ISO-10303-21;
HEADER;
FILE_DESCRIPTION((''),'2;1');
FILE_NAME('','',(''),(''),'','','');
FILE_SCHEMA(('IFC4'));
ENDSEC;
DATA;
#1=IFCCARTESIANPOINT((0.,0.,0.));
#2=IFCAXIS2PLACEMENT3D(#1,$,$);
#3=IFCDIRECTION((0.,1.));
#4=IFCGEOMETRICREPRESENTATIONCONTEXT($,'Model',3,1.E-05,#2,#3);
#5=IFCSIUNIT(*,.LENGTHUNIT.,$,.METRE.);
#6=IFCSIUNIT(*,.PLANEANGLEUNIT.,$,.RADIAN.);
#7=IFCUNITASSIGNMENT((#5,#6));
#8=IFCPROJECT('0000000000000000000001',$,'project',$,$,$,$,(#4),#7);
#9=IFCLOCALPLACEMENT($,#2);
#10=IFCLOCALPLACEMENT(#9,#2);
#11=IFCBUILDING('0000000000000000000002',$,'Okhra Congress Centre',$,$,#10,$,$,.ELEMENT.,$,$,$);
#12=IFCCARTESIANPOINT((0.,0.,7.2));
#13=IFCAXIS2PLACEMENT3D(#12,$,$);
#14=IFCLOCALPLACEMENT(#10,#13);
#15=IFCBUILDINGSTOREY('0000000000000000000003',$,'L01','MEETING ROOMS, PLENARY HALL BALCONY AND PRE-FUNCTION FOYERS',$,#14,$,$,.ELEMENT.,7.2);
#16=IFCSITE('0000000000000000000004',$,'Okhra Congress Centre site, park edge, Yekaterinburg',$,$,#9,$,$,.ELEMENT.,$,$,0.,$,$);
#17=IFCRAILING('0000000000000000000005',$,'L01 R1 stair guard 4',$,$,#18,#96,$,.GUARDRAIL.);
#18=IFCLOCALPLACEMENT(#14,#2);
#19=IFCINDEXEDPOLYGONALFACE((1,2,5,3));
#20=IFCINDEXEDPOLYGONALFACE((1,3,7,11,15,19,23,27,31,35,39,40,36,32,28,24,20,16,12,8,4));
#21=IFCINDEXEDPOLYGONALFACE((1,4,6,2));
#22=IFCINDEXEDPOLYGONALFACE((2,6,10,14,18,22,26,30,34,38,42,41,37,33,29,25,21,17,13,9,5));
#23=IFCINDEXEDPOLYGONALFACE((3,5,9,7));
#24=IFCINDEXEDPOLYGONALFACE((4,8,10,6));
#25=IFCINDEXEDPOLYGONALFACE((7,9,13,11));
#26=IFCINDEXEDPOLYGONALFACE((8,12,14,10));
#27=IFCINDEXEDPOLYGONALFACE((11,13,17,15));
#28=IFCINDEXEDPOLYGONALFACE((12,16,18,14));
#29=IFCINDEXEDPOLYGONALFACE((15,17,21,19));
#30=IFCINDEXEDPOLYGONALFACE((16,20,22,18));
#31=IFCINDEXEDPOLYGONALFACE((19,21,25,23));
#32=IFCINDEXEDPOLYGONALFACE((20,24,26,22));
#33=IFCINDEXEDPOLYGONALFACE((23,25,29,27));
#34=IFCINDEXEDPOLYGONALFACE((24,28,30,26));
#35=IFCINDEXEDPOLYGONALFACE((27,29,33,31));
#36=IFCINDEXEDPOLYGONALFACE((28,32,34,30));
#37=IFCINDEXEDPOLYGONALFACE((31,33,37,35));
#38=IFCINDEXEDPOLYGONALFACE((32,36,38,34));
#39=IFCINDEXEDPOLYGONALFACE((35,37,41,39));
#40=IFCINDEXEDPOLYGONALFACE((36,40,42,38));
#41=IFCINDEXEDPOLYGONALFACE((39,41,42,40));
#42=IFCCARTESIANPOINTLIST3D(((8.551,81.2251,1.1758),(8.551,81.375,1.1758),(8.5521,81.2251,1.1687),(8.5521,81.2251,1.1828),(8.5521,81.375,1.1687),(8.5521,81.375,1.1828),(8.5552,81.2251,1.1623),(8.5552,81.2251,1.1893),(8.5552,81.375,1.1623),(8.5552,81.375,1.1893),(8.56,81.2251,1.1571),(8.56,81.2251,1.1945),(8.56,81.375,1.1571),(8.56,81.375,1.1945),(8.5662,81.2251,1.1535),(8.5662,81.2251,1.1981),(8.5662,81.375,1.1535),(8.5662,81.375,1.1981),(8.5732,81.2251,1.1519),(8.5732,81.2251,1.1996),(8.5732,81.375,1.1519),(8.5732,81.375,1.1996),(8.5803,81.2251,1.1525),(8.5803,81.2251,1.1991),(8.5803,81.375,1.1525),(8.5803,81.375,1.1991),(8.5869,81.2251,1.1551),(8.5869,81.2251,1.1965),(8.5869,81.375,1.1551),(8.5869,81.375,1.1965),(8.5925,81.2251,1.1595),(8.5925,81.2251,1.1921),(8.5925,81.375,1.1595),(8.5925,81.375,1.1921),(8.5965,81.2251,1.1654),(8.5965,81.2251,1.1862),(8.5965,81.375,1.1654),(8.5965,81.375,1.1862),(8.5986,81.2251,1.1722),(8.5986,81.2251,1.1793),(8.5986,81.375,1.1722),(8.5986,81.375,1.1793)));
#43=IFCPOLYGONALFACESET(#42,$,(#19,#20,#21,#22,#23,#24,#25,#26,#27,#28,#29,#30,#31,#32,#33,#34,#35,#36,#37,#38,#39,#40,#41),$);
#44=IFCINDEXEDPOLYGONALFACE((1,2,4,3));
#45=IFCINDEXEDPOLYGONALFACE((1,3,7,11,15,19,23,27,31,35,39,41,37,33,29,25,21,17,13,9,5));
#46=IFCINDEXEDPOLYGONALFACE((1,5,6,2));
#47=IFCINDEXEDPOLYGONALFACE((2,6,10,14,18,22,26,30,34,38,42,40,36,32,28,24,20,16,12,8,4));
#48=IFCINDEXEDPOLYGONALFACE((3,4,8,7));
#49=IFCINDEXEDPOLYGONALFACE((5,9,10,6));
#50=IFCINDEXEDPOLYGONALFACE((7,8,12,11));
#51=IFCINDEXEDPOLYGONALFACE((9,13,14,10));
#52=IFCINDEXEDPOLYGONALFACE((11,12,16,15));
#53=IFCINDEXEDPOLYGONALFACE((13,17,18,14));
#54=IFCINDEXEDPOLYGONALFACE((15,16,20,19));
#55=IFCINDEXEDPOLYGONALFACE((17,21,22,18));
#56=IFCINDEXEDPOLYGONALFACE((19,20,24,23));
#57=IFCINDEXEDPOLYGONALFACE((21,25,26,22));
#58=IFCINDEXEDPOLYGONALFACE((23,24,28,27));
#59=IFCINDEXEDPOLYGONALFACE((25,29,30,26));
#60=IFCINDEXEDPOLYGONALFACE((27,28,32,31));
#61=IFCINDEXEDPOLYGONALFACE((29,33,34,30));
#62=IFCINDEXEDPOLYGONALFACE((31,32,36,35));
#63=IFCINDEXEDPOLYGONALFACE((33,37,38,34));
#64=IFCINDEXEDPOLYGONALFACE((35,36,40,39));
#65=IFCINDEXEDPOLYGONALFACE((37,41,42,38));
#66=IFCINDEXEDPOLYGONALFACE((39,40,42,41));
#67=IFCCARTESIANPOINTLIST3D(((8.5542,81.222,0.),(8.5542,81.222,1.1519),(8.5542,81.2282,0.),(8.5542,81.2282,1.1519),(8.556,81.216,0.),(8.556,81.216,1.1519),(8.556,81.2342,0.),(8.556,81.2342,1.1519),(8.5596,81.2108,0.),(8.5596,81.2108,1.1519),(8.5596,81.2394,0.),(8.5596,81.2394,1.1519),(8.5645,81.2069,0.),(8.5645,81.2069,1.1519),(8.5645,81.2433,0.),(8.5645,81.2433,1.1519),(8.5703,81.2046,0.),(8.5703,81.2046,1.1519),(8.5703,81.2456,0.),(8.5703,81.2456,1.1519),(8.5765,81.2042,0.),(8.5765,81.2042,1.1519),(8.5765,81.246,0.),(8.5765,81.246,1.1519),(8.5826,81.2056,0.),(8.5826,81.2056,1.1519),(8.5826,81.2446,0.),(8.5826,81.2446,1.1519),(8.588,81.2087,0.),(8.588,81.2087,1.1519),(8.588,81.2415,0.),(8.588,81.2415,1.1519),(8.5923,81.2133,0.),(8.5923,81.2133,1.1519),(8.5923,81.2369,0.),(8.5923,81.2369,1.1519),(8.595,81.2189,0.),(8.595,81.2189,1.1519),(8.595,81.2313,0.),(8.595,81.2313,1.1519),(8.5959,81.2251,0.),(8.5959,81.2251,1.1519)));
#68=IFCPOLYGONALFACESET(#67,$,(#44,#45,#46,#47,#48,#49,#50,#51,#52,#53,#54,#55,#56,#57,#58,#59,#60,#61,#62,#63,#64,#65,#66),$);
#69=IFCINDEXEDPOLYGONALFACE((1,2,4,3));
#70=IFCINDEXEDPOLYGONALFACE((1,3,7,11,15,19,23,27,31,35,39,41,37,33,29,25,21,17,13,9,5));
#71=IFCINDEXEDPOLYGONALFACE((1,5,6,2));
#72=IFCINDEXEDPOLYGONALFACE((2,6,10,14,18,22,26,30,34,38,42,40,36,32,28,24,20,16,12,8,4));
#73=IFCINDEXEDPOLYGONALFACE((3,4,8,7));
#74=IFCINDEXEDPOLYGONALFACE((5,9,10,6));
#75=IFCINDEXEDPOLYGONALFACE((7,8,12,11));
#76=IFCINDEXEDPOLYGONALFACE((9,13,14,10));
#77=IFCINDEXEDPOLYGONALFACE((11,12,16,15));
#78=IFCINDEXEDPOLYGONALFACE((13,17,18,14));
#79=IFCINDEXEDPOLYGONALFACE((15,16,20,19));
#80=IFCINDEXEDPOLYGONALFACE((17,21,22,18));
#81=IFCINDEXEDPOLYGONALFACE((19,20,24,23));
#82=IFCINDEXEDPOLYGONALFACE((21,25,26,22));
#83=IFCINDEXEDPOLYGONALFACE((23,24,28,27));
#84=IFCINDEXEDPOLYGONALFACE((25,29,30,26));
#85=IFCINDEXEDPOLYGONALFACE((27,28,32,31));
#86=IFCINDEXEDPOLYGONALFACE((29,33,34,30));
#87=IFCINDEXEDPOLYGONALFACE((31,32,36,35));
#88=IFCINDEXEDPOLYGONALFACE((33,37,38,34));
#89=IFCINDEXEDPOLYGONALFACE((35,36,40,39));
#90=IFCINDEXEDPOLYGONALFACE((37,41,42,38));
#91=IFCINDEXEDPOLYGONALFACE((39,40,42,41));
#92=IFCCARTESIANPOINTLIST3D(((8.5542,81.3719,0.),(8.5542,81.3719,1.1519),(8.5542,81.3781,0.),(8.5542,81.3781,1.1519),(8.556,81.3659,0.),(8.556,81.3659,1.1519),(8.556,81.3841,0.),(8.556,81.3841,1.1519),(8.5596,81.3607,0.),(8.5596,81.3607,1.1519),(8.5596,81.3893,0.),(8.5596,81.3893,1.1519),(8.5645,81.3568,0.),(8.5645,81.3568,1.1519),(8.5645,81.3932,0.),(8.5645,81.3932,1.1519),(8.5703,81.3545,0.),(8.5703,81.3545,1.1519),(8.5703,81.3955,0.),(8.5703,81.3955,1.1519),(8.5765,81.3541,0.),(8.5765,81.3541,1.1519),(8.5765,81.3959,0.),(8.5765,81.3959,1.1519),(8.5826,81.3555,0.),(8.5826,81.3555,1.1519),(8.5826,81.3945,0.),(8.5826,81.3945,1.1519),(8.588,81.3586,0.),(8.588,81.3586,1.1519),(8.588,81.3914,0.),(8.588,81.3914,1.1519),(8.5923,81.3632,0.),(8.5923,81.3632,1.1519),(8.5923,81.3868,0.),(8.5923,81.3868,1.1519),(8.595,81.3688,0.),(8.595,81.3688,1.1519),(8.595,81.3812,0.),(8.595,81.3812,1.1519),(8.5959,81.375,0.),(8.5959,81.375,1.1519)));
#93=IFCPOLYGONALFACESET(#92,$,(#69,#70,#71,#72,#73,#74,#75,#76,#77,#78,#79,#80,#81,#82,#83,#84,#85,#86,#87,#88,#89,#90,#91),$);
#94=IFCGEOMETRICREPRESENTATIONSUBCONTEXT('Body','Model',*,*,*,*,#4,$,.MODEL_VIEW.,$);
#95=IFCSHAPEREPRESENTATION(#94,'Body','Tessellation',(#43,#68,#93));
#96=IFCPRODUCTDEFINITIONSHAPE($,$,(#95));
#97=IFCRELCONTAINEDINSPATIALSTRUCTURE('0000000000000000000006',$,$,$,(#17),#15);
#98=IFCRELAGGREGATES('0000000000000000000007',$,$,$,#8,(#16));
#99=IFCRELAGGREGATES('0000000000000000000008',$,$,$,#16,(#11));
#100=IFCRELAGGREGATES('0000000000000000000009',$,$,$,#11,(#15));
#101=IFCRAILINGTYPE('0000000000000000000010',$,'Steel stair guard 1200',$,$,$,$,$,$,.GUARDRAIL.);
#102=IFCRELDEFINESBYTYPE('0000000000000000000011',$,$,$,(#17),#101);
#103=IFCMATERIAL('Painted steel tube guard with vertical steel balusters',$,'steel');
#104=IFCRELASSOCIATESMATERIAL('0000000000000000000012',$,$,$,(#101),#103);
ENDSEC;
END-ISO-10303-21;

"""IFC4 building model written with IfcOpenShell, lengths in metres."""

from ifc_helpers import new_model, si_unit, direction, frame, origin, origin_2d, place, context, subcontext, project, spatial, circle, extrude, material, type_object, element, save


model = new_model("IFC4")

# Units and contexts
model_context = context("Model", 3, precision=1e-05, world=origin(), true_north=direction((0.0, 1.0)))
body_context = subcontext(model_context, "Body", "Model", "MODEL_VIEW")
ifc_project = project(units=[si_unit("LENGTHUNIT", "METRE"), si_unit("PLANEANGLEUNIT", "RADIAN")], contexts=[model_context])

# Site, building, storey
site_placement = place(None, origin())
site = spatial("IfcSite", under=ifc_project, at=site_placement, Name="Okhra Congress Centre site, park edge, Yekaterinburg", CompositionType="ELEMENT", RefElevation=0.0)
building_placement = place(site_placement, origin())
building = spatial("IfcBuilding", under=site, at=building_placement, Name="Okhra Congress Centre", CompositionType="ELEMENT")
storey_placement = place(building_placement, frame((0.0, 0.0, 7.2)))
storey = spatial("IfcBuildingStorey", under=building, at=storey_placement, Name="L01", Description="MEETING ROOMS, PLENARY HALL BALCONY AND PRE-FUNCTION FOYERS", CompositionType="ELEMENT", Elevation=7.2)

# Railing
ifc_material_1 = material(Name="Painted steel tube guard with vertical steel balusters", Category="steel")
railing_type_1 = type_object("IfcRailingType", Name="Steel stair guard 1200", PredefinedType="GUARDRAIL", material=ifc_material_1)
railing_1_placement = place(storey_placement, frame((8.575, 81.2251, 0.0)))
element("IfcRailing", 1, at=railing_1_placement, inside=storey, type_object=railing_type_1, Name="L01 R1 stair guard 4", PredefinedType="GUARDRAIL", context=body_context, shape_type="SweptSolid", body=[
    extrude(circle(Radius=0.0239, at=origin_2d()), frame((0.0, 0.0, 1.1758), z_axis=(0.0, 1.0, 0.0), x_axis=(-1.0, 0.0, 0.0)), (0.0, 0.0, 1.0), 0.1499),
    extrude(circle(Radius=0.021, at=origin_2d()), origin(), (0.0, 0.0, 1.0), 1.1519),
    extrude(circle(Radius=0.021, at=origin_2d()), frame((0.0, 0.1499, 0.0)), (0.0, 0.0, 1.0), 1.1519),
])

save(model, "model.ifc")
